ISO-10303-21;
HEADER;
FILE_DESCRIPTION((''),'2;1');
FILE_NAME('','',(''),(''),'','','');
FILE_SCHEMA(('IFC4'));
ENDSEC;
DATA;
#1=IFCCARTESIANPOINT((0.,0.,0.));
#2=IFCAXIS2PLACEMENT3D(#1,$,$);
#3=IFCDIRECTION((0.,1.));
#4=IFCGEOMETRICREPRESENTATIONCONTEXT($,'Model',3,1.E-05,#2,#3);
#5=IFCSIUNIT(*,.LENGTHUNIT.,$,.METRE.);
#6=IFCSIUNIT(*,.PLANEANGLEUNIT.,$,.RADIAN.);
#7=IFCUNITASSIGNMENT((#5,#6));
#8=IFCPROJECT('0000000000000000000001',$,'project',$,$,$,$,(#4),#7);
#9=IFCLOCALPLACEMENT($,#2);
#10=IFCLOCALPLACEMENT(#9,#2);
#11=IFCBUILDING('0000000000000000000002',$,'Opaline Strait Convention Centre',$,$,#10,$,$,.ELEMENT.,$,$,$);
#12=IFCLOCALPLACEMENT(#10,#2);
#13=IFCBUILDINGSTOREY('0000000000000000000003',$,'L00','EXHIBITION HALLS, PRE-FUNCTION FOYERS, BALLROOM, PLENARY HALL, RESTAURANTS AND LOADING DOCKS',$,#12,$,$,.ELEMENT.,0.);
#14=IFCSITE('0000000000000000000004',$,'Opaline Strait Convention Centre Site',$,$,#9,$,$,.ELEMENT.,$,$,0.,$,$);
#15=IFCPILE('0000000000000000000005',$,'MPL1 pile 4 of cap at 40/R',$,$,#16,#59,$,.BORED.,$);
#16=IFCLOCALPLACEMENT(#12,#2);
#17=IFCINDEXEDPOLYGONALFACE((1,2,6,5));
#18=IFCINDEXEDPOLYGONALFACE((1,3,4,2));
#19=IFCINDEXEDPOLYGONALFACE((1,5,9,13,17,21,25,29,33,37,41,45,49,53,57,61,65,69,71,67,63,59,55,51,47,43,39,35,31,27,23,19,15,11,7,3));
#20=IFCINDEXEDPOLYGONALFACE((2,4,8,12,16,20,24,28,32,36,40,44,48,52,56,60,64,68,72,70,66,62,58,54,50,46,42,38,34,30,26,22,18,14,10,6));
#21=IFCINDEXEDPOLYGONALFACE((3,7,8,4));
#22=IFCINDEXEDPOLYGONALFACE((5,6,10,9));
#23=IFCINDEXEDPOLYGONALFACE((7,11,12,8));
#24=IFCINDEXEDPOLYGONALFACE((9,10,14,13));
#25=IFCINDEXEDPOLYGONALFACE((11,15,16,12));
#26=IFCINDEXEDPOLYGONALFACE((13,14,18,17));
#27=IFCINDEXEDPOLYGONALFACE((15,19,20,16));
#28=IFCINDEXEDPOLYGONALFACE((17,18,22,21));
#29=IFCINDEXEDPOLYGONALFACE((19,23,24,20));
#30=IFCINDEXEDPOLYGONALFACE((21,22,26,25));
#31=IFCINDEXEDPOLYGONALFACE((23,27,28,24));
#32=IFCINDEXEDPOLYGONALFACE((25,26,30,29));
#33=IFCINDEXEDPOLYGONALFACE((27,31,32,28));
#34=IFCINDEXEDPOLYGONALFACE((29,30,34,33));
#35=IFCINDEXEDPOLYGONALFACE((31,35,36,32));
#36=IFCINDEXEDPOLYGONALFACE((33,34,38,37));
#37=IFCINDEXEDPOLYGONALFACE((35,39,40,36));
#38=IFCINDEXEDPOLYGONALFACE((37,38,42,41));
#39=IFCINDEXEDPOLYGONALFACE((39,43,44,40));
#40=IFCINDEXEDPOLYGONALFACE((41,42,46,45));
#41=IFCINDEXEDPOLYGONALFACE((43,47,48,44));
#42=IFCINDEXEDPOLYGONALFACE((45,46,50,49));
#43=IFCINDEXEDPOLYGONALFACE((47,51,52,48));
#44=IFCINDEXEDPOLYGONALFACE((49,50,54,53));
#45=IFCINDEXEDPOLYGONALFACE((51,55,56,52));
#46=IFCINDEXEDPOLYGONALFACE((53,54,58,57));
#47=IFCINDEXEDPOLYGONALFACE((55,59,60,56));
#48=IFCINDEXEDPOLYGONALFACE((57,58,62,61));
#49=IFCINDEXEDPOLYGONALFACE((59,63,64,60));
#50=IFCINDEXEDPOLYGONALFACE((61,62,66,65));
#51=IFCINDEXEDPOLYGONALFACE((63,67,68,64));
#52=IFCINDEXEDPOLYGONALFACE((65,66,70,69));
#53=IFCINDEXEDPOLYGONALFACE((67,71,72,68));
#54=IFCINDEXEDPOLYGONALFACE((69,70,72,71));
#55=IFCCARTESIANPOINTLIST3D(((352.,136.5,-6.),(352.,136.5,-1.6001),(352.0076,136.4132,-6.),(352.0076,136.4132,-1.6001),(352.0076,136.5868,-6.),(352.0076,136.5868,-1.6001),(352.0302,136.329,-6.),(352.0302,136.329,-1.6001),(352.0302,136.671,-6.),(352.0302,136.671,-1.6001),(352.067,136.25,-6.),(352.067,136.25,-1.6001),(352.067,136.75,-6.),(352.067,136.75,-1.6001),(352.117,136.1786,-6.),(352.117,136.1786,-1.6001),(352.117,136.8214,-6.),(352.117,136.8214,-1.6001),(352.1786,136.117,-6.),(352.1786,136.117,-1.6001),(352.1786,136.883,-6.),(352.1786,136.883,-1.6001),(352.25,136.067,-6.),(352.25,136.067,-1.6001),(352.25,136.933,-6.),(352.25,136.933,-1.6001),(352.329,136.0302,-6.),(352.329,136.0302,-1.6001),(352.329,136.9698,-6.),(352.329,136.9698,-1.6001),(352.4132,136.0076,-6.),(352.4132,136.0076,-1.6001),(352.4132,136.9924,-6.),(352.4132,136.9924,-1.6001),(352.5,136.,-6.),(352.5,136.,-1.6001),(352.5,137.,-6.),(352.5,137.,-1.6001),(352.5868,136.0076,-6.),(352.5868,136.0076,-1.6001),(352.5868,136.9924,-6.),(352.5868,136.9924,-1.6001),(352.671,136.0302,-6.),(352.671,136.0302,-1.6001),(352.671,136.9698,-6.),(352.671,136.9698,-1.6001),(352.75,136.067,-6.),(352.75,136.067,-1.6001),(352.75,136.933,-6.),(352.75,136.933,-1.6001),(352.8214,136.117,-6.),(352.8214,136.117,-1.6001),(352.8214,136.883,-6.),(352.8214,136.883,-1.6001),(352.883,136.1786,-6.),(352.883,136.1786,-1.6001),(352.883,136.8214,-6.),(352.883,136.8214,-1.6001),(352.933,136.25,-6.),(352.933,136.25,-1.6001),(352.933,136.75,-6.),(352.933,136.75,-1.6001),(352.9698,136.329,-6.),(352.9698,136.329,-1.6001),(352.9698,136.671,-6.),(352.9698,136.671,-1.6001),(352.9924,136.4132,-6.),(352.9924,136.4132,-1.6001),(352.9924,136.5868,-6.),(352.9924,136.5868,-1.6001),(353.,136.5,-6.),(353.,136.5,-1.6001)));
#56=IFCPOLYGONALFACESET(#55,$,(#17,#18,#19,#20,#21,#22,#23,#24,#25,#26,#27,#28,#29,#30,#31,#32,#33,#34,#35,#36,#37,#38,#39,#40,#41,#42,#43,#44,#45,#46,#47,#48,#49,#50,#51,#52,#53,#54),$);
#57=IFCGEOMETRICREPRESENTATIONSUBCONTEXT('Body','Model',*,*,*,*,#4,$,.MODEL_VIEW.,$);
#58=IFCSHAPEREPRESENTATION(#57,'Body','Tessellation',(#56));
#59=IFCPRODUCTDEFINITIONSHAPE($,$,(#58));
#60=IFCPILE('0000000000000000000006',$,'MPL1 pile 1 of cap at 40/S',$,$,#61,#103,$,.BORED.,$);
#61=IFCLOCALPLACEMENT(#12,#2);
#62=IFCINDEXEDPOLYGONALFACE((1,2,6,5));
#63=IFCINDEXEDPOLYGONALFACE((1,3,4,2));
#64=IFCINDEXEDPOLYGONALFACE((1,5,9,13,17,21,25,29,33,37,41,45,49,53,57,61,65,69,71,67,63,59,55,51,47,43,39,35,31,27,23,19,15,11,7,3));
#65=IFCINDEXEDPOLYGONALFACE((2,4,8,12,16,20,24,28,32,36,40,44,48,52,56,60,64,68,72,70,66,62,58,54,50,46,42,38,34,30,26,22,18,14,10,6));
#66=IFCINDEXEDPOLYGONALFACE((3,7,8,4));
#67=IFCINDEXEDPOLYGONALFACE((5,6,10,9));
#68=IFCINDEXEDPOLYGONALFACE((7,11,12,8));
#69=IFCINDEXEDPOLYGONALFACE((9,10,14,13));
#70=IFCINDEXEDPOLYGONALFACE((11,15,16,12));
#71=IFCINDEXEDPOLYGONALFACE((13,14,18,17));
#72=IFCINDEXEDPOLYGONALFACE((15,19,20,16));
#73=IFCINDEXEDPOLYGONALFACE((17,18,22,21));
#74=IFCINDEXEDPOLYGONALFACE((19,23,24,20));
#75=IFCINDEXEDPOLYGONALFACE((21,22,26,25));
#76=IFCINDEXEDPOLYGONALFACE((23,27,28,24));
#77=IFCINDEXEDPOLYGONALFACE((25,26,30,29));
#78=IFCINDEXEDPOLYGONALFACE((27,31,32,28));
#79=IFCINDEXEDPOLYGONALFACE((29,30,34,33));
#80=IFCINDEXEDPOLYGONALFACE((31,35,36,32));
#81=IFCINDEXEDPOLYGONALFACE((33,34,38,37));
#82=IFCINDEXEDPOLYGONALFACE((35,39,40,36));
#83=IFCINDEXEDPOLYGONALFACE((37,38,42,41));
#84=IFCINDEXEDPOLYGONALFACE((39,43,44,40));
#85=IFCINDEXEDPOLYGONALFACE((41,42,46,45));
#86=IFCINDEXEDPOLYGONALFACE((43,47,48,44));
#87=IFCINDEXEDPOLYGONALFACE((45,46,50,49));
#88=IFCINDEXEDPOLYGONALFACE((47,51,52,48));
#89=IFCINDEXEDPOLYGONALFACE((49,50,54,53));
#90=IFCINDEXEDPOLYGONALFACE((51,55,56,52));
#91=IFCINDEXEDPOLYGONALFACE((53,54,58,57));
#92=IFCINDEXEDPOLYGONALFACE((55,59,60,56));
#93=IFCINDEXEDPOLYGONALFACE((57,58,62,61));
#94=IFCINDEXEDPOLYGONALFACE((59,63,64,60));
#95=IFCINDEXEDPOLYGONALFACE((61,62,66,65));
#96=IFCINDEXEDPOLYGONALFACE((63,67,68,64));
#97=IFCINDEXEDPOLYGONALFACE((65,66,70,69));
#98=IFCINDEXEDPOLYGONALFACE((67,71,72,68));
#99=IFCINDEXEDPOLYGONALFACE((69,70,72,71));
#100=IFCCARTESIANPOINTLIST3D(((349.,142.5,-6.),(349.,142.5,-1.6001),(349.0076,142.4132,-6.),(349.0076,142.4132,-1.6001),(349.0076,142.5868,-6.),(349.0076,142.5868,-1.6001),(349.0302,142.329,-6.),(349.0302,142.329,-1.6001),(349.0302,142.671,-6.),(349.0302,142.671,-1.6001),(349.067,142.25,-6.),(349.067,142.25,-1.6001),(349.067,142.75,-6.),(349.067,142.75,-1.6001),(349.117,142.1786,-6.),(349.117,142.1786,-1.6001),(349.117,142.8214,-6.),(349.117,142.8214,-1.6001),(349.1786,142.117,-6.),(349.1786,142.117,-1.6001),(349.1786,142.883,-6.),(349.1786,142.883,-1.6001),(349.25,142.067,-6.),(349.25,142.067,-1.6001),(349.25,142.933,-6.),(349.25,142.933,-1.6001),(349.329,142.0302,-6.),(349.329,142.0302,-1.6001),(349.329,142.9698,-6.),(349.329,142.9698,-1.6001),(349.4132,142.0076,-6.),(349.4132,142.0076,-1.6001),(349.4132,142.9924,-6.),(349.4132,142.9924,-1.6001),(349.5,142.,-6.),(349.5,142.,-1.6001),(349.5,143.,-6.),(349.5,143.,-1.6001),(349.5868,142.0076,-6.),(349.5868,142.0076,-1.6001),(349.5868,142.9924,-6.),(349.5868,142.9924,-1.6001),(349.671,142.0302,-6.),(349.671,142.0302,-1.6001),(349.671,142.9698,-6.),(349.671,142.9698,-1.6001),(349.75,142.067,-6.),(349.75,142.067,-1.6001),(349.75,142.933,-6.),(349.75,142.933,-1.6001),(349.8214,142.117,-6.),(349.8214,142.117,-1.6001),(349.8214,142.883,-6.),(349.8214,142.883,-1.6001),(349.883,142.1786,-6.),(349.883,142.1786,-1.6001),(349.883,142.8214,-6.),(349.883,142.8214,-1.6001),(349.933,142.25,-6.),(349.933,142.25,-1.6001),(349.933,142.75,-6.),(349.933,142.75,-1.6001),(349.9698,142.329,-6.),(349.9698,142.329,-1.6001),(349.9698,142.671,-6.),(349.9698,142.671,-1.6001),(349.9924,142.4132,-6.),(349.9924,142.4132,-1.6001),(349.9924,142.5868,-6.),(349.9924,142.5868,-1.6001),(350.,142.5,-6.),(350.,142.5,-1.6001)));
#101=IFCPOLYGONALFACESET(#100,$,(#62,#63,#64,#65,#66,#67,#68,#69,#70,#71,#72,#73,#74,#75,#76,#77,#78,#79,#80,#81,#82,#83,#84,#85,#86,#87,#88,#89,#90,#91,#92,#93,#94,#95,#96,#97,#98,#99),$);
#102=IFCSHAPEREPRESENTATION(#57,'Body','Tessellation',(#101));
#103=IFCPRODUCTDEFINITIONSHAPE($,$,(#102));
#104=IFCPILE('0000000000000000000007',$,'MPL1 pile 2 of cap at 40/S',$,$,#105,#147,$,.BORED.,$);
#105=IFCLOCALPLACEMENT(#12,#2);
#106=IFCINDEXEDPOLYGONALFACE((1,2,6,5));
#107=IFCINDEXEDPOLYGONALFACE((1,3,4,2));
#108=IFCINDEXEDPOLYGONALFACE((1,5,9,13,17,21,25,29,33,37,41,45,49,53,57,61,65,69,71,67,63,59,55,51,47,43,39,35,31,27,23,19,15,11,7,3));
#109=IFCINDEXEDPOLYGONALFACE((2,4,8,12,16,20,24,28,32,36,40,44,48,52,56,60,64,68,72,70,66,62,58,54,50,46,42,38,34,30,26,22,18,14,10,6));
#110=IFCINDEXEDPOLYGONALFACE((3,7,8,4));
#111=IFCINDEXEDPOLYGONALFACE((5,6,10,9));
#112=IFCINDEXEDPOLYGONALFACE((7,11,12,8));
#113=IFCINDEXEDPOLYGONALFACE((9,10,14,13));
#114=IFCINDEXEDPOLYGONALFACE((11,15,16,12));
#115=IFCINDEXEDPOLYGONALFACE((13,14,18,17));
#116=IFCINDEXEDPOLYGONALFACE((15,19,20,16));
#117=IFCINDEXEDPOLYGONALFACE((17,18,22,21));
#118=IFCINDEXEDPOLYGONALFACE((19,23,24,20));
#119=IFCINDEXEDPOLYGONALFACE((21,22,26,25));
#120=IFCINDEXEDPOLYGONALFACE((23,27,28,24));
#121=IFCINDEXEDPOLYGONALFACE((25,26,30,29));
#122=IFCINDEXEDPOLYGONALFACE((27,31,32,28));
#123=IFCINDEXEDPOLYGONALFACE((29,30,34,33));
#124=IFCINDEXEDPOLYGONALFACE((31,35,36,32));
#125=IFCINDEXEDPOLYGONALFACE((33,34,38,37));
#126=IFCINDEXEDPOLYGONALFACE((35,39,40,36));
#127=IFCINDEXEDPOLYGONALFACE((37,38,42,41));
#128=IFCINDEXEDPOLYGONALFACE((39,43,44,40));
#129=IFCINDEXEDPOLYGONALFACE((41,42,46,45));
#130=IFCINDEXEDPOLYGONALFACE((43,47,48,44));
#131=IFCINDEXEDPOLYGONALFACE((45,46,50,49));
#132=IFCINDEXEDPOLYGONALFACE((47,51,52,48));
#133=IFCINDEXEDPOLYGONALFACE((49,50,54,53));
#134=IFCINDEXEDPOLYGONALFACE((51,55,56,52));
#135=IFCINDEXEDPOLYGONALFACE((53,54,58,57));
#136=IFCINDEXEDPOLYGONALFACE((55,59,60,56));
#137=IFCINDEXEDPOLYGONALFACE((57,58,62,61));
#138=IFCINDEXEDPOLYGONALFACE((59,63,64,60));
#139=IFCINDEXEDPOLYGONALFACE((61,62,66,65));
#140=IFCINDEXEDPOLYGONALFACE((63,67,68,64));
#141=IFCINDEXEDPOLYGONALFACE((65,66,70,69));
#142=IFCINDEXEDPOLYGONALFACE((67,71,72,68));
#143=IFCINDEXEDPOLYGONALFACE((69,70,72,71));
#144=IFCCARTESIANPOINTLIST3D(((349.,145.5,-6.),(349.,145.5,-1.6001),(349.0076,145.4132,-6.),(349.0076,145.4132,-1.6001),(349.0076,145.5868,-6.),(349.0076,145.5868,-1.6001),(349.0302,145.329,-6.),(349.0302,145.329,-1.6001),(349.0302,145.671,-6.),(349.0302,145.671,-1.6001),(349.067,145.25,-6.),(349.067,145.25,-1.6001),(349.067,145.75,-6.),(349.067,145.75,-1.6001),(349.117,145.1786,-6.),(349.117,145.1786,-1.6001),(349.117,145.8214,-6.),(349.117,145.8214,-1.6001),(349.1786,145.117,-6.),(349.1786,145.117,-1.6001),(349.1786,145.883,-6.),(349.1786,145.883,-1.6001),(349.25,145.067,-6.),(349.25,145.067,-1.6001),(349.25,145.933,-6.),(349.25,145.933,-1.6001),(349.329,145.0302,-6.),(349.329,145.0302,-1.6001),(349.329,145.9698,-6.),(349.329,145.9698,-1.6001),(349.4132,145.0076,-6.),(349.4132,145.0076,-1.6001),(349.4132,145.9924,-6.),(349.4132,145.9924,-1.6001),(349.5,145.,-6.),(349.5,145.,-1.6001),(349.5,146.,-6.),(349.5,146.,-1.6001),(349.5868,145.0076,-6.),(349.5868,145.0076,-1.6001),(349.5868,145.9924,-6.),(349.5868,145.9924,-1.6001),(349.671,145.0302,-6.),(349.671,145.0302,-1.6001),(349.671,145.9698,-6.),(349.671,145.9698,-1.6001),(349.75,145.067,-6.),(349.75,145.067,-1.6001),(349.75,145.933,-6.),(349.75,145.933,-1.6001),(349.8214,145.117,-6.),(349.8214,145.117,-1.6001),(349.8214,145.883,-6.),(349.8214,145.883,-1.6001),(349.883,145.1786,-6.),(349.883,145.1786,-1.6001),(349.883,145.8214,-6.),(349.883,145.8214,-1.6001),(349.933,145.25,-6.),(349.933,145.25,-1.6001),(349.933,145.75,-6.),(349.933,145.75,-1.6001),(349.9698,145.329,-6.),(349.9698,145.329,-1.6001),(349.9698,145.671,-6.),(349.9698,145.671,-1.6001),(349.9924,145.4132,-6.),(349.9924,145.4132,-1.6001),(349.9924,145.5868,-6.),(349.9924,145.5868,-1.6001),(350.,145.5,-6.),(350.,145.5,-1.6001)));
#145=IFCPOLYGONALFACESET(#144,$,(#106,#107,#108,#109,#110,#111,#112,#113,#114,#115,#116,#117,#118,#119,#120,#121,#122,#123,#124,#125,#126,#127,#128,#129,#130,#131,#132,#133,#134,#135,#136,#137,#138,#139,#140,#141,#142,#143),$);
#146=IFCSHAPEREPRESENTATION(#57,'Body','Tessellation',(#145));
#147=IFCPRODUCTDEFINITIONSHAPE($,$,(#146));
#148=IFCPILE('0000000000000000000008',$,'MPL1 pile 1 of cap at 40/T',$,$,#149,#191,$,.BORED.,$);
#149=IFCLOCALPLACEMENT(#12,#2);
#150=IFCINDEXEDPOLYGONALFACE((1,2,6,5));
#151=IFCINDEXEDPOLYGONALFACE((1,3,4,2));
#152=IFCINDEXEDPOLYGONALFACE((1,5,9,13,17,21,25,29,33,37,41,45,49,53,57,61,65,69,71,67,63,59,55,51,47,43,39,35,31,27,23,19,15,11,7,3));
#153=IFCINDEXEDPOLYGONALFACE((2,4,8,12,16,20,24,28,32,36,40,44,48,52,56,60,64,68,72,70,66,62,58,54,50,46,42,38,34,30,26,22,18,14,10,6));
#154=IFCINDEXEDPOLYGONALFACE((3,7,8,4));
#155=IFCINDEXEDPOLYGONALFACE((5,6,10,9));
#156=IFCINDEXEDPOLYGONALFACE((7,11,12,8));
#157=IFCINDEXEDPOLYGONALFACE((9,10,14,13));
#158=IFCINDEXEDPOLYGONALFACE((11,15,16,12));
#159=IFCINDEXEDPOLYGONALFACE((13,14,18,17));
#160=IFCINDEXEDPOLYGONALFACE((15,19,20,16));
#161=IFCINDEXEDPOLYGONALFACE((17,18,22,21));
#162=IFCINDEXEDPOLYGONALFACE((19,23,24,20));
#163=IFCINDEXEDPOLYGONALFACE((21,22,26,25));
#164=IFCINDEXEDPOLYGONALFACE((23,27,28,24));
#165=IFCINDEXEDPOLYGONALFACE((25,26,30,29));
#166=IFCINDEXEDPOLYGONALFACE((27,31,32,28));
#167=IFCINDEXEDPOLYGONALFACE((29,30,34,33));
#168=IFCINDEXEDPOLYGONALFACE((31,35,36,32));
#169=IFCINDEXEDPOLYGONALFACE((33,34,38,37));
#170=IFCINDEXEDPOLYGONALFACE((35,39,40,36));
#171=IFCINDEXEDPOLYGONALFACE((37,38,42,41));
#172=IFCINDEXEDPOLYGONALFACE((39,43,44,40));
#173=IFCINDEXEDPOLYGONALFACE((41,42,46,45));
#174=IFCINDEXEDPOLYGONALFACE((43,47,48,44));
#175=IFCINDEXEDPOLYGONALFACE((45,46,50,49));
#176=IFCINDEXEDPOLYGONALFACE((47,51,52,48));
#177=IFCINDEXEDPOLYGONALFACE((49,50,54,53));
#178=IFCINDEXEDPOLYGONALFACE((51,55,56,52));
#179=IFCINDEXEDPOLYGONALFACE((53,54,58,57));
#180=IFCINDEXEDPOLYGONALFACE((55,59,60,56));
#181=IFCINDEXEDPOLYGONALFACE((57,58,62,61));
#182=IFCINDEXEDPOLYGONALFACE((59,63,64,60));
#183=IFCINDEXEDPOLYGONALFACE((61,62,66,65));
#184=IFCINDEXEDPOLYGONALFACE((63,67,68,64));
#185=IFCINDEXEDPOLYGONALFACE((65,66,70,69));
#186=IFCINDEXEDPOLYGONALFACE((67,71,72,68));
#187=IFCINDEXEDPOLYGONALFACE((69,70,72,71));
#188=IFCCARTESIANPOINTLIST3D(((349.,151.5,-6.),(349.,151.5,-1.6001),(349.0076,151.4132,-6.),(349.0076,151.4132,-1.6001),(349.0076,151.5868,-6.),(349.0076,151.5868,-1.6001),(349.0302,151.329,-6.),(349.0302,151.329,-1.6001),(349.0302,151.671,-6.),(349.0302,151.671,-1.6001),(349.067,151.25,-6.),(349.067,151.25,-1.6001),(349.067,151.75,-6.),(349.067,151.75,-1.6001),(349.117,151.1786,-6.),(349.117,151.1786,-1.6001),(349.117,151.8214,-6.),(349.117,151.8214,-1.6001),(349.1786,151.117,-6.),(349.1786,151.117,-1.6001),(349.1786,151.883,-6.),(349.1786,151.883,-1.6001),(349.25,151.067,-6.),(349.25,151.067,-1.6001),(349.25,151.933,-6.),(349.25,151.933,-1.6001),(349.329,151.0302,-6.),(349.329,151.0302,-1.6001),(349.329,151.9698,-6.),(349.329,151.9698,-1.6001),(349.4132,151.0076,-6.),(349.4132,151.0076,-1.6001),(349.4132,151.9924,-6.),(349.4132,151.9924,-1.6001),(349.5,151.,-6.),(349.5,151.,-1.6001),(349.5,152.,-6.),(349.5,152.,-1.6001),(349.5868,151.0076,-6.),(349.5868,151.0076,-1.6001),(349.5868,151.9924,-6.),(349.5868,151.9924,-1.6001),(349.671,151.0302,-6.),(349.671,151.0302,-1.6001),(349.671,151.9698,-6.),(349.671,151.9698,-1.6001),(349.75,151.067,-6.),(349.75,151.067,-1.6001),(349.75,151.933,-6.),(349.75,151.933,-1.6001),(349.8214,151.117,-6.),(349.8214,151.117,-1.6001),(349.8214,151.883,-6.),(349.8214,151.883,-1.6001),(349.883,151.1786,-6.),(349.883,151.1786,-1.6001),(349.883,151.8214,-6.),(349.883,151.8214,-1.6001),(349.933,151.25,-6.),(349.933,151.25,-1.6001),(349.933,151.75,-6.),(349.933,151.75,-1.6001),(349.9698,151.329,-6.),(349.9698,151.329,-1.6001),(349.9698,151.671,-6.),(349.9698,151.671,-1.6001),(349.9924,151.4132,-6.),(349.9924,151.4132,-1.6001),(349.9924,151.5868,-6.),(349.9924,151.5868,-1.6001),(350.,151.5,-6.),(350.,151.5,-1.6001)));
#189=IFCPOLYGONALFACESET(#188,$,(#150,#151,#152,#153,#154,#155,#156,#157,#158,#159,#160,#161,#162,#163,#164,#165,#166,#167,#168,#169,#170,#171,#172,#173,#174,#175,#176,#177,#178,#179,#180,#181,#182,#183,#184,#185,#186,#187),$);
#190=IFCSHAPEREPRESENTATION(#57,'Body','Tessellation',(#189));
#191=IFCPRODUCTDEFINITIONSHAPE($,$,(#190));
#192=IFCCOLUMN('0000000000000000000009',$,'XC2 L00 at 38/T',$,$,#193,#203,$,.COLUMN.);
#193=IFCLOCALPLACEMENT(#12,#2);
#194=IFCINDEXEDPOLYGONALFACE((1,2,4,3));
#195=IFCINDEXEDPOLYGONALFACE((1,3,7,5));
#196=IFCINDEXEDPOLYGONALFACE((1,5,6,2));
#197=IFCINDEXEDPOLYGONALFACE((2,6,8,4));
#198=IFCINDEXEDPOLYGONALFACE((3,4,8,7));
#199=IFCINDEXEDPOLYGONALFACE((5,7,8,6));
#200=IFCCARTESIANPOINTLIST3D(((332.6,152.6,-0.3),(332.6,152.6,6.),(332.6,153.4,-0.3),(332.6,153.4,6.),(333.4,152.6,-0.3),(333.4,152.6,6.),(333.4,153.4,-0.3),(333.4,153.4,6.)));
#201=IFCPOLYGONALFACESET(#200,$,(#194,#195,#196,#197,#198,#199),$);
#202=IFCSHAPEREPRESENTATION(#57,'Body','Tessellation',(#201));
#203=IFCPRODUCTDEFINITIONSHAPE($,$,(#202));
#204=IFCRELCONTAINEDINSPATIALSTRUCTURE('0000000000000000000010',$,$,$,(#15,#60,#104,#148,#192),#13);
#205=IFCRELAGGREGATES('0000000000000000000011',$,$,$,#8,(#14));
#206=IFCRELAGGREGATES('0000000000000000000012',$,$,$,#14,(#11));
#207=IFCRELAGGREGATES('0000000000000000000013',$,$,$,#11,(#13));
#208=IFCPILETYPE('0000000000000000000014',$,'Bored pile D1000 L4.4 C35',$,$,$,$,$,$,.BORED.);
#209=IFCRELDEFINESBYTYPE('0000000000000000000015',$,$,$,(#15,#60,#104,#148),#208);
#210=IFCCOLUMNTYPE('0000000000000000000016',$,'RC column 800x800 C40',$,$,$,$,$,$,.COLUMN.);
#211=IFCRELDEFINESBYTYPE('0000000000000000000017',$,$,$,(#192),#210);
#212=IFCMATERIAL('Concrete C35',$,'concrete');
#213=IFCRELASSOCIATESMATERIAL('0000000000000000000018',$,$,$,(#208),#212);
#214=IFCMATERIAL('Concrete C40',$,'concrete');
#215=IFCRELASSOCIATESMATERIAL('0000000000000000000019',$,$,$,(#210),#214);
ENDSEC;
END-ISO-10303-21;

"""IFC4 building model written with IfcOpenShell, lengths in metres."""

from ifc_helpers import new_model, si_unit, direction, frame, origin, origin_2d, place, context, subcontext, project, spatial, rectangle, circle, extrude, material, material_profile, profile_set, type_object, element, save


model = new_model("IFC4")

# Units and contexts
model_context = context("Model", 3, precision=1e-05, world=origin(), true_north=direction((0.0, 1.0)))
body_context = subcontext(model_context, "Body", "Model", "MODEL_VIEW")
ifc_project = project(units=[si_unit("LENGTHUNIT", "METRE"), si_unit("PLANEANGLEUNIT", "RADIAN")], contexts=[model_context])

# Site, building, storey
site_placement = place(None, origin())
site = spatial("IfcSite", under=ifc_project, at=site_placement, Name="Opaline Strait Convention Centre Site", CompositionType="ELEMENT", RefElevation=0.0)
building_placement = place(site_placement, origin())
building = spatial("IfcBuilding", under=site, at=building_placement, Name="Opaline Strait Convention Centre", CompositionType="ELEMENT")
storey_placement = place(building_placement, origin())
storey = spatial("IfcBuildingStorey", under=building, at=storey_placement, Name="L00", Description="EXHIBITION HALLS, PRE-FUNCTION FOYERS, BALLROOM, PLENARY HALL, RESTAURANTS AND LOADING DOCKS", CompositionType="ELEMENT", Elevation=0.0)

# Piles
ifc_material_1 = material(Name="Concrete C35", Category="concrete")
ifc_material_profile_1 = material_profile(ifc_material_1, circle(Radius=0.5, at=origin_2d()), Name="D1000")
ifc_profile_set_1 = profile_set([ifc_material_profile_1], Name="Concrete C35")
pile_type = type_object("IfcPileType", Name="Bored pile D1000 L4.4 C35", PredefinedType="BORED", material=ifc_profile_set_1)
for number, where, z_axis, x_axis, name in (
    (1, (352.5, 136.5, -1.6001), (0.0, 0.0, -1.0), (1.0, 0.0, 0.0), "MPL1 pile 4 of cap at 40/R"),
    (2, (349.5, 142.5, -1.6001), (0.0, 0.0, -1.0), (1.0, 0.0, 0.0), "MPL1 pile 1 of cap at 40/S"),
    (3, (349.5, 145.5, -1.6001), (0.0, 0.0, -1.0), (1.0, 0.0, 0.0), "MPL1 pile 2 of cap at 40/S"),
    (4, (349.5, 151.5, -1.6001), (0.0, 0.0, -1.0), (1.0, 0.0, 0.0), "MPL1 pile 1 of cap at 40/T"),
):
    element("IfcPile", number, at=place(storey_placement, frame(where, z_axis=z_axis, x_axis=x_axis)), inside=storey, type_object=pile_type, Name=name, PredefinedType="BORED", context=body_context, shape_type="SweptSolid", body=[
        extrude(circle(Radius=0.5, at=origin_2d()), origin(), (0.0, 0.0, 1.0), 4.3999),
    ])

# Column
ifc_material_2 = material(Name="Concrete C40", Category="concrete")
ifc_material_profile_2 = material_profile(ifc_material_2, rectangle(XDim=0.8, YDim=0.8, at=origin_2d()), Name="RC 800x800")
ifc_profile_set_2 = profile_set([ifc_material_profile_2], Name="Concrete C40")
column_type = type_object("IfcColumnType", Name="RC column 800x800 C40", PredefinedType="COLUMN", material=ifc_profile_set_2)
for number, where, z_axis, x_axis, name in (
    (5, (333.0, 153.0, -0.3), (0.0, 0.0, 1.0), (1.0, 0.0, 0.0), "XC2 L00 at 38/T"),
):
    element("IfcColumn", number, at=place(storey_placement, frame(where, z_axis=z_axis, x_axis=x_axis)), inside=storey, type_object=column_type, Name=name, PredefinedType="COLUMN", context=body_context, shape_type="SweptSolid", body=[
        extrude(rectangle(XDim=0.8, YDim=0.8, at=origin_2d()), origin(), (0.0, 0.0, 1.0), 6.3),
    ])

save(model, "model.ifc")
